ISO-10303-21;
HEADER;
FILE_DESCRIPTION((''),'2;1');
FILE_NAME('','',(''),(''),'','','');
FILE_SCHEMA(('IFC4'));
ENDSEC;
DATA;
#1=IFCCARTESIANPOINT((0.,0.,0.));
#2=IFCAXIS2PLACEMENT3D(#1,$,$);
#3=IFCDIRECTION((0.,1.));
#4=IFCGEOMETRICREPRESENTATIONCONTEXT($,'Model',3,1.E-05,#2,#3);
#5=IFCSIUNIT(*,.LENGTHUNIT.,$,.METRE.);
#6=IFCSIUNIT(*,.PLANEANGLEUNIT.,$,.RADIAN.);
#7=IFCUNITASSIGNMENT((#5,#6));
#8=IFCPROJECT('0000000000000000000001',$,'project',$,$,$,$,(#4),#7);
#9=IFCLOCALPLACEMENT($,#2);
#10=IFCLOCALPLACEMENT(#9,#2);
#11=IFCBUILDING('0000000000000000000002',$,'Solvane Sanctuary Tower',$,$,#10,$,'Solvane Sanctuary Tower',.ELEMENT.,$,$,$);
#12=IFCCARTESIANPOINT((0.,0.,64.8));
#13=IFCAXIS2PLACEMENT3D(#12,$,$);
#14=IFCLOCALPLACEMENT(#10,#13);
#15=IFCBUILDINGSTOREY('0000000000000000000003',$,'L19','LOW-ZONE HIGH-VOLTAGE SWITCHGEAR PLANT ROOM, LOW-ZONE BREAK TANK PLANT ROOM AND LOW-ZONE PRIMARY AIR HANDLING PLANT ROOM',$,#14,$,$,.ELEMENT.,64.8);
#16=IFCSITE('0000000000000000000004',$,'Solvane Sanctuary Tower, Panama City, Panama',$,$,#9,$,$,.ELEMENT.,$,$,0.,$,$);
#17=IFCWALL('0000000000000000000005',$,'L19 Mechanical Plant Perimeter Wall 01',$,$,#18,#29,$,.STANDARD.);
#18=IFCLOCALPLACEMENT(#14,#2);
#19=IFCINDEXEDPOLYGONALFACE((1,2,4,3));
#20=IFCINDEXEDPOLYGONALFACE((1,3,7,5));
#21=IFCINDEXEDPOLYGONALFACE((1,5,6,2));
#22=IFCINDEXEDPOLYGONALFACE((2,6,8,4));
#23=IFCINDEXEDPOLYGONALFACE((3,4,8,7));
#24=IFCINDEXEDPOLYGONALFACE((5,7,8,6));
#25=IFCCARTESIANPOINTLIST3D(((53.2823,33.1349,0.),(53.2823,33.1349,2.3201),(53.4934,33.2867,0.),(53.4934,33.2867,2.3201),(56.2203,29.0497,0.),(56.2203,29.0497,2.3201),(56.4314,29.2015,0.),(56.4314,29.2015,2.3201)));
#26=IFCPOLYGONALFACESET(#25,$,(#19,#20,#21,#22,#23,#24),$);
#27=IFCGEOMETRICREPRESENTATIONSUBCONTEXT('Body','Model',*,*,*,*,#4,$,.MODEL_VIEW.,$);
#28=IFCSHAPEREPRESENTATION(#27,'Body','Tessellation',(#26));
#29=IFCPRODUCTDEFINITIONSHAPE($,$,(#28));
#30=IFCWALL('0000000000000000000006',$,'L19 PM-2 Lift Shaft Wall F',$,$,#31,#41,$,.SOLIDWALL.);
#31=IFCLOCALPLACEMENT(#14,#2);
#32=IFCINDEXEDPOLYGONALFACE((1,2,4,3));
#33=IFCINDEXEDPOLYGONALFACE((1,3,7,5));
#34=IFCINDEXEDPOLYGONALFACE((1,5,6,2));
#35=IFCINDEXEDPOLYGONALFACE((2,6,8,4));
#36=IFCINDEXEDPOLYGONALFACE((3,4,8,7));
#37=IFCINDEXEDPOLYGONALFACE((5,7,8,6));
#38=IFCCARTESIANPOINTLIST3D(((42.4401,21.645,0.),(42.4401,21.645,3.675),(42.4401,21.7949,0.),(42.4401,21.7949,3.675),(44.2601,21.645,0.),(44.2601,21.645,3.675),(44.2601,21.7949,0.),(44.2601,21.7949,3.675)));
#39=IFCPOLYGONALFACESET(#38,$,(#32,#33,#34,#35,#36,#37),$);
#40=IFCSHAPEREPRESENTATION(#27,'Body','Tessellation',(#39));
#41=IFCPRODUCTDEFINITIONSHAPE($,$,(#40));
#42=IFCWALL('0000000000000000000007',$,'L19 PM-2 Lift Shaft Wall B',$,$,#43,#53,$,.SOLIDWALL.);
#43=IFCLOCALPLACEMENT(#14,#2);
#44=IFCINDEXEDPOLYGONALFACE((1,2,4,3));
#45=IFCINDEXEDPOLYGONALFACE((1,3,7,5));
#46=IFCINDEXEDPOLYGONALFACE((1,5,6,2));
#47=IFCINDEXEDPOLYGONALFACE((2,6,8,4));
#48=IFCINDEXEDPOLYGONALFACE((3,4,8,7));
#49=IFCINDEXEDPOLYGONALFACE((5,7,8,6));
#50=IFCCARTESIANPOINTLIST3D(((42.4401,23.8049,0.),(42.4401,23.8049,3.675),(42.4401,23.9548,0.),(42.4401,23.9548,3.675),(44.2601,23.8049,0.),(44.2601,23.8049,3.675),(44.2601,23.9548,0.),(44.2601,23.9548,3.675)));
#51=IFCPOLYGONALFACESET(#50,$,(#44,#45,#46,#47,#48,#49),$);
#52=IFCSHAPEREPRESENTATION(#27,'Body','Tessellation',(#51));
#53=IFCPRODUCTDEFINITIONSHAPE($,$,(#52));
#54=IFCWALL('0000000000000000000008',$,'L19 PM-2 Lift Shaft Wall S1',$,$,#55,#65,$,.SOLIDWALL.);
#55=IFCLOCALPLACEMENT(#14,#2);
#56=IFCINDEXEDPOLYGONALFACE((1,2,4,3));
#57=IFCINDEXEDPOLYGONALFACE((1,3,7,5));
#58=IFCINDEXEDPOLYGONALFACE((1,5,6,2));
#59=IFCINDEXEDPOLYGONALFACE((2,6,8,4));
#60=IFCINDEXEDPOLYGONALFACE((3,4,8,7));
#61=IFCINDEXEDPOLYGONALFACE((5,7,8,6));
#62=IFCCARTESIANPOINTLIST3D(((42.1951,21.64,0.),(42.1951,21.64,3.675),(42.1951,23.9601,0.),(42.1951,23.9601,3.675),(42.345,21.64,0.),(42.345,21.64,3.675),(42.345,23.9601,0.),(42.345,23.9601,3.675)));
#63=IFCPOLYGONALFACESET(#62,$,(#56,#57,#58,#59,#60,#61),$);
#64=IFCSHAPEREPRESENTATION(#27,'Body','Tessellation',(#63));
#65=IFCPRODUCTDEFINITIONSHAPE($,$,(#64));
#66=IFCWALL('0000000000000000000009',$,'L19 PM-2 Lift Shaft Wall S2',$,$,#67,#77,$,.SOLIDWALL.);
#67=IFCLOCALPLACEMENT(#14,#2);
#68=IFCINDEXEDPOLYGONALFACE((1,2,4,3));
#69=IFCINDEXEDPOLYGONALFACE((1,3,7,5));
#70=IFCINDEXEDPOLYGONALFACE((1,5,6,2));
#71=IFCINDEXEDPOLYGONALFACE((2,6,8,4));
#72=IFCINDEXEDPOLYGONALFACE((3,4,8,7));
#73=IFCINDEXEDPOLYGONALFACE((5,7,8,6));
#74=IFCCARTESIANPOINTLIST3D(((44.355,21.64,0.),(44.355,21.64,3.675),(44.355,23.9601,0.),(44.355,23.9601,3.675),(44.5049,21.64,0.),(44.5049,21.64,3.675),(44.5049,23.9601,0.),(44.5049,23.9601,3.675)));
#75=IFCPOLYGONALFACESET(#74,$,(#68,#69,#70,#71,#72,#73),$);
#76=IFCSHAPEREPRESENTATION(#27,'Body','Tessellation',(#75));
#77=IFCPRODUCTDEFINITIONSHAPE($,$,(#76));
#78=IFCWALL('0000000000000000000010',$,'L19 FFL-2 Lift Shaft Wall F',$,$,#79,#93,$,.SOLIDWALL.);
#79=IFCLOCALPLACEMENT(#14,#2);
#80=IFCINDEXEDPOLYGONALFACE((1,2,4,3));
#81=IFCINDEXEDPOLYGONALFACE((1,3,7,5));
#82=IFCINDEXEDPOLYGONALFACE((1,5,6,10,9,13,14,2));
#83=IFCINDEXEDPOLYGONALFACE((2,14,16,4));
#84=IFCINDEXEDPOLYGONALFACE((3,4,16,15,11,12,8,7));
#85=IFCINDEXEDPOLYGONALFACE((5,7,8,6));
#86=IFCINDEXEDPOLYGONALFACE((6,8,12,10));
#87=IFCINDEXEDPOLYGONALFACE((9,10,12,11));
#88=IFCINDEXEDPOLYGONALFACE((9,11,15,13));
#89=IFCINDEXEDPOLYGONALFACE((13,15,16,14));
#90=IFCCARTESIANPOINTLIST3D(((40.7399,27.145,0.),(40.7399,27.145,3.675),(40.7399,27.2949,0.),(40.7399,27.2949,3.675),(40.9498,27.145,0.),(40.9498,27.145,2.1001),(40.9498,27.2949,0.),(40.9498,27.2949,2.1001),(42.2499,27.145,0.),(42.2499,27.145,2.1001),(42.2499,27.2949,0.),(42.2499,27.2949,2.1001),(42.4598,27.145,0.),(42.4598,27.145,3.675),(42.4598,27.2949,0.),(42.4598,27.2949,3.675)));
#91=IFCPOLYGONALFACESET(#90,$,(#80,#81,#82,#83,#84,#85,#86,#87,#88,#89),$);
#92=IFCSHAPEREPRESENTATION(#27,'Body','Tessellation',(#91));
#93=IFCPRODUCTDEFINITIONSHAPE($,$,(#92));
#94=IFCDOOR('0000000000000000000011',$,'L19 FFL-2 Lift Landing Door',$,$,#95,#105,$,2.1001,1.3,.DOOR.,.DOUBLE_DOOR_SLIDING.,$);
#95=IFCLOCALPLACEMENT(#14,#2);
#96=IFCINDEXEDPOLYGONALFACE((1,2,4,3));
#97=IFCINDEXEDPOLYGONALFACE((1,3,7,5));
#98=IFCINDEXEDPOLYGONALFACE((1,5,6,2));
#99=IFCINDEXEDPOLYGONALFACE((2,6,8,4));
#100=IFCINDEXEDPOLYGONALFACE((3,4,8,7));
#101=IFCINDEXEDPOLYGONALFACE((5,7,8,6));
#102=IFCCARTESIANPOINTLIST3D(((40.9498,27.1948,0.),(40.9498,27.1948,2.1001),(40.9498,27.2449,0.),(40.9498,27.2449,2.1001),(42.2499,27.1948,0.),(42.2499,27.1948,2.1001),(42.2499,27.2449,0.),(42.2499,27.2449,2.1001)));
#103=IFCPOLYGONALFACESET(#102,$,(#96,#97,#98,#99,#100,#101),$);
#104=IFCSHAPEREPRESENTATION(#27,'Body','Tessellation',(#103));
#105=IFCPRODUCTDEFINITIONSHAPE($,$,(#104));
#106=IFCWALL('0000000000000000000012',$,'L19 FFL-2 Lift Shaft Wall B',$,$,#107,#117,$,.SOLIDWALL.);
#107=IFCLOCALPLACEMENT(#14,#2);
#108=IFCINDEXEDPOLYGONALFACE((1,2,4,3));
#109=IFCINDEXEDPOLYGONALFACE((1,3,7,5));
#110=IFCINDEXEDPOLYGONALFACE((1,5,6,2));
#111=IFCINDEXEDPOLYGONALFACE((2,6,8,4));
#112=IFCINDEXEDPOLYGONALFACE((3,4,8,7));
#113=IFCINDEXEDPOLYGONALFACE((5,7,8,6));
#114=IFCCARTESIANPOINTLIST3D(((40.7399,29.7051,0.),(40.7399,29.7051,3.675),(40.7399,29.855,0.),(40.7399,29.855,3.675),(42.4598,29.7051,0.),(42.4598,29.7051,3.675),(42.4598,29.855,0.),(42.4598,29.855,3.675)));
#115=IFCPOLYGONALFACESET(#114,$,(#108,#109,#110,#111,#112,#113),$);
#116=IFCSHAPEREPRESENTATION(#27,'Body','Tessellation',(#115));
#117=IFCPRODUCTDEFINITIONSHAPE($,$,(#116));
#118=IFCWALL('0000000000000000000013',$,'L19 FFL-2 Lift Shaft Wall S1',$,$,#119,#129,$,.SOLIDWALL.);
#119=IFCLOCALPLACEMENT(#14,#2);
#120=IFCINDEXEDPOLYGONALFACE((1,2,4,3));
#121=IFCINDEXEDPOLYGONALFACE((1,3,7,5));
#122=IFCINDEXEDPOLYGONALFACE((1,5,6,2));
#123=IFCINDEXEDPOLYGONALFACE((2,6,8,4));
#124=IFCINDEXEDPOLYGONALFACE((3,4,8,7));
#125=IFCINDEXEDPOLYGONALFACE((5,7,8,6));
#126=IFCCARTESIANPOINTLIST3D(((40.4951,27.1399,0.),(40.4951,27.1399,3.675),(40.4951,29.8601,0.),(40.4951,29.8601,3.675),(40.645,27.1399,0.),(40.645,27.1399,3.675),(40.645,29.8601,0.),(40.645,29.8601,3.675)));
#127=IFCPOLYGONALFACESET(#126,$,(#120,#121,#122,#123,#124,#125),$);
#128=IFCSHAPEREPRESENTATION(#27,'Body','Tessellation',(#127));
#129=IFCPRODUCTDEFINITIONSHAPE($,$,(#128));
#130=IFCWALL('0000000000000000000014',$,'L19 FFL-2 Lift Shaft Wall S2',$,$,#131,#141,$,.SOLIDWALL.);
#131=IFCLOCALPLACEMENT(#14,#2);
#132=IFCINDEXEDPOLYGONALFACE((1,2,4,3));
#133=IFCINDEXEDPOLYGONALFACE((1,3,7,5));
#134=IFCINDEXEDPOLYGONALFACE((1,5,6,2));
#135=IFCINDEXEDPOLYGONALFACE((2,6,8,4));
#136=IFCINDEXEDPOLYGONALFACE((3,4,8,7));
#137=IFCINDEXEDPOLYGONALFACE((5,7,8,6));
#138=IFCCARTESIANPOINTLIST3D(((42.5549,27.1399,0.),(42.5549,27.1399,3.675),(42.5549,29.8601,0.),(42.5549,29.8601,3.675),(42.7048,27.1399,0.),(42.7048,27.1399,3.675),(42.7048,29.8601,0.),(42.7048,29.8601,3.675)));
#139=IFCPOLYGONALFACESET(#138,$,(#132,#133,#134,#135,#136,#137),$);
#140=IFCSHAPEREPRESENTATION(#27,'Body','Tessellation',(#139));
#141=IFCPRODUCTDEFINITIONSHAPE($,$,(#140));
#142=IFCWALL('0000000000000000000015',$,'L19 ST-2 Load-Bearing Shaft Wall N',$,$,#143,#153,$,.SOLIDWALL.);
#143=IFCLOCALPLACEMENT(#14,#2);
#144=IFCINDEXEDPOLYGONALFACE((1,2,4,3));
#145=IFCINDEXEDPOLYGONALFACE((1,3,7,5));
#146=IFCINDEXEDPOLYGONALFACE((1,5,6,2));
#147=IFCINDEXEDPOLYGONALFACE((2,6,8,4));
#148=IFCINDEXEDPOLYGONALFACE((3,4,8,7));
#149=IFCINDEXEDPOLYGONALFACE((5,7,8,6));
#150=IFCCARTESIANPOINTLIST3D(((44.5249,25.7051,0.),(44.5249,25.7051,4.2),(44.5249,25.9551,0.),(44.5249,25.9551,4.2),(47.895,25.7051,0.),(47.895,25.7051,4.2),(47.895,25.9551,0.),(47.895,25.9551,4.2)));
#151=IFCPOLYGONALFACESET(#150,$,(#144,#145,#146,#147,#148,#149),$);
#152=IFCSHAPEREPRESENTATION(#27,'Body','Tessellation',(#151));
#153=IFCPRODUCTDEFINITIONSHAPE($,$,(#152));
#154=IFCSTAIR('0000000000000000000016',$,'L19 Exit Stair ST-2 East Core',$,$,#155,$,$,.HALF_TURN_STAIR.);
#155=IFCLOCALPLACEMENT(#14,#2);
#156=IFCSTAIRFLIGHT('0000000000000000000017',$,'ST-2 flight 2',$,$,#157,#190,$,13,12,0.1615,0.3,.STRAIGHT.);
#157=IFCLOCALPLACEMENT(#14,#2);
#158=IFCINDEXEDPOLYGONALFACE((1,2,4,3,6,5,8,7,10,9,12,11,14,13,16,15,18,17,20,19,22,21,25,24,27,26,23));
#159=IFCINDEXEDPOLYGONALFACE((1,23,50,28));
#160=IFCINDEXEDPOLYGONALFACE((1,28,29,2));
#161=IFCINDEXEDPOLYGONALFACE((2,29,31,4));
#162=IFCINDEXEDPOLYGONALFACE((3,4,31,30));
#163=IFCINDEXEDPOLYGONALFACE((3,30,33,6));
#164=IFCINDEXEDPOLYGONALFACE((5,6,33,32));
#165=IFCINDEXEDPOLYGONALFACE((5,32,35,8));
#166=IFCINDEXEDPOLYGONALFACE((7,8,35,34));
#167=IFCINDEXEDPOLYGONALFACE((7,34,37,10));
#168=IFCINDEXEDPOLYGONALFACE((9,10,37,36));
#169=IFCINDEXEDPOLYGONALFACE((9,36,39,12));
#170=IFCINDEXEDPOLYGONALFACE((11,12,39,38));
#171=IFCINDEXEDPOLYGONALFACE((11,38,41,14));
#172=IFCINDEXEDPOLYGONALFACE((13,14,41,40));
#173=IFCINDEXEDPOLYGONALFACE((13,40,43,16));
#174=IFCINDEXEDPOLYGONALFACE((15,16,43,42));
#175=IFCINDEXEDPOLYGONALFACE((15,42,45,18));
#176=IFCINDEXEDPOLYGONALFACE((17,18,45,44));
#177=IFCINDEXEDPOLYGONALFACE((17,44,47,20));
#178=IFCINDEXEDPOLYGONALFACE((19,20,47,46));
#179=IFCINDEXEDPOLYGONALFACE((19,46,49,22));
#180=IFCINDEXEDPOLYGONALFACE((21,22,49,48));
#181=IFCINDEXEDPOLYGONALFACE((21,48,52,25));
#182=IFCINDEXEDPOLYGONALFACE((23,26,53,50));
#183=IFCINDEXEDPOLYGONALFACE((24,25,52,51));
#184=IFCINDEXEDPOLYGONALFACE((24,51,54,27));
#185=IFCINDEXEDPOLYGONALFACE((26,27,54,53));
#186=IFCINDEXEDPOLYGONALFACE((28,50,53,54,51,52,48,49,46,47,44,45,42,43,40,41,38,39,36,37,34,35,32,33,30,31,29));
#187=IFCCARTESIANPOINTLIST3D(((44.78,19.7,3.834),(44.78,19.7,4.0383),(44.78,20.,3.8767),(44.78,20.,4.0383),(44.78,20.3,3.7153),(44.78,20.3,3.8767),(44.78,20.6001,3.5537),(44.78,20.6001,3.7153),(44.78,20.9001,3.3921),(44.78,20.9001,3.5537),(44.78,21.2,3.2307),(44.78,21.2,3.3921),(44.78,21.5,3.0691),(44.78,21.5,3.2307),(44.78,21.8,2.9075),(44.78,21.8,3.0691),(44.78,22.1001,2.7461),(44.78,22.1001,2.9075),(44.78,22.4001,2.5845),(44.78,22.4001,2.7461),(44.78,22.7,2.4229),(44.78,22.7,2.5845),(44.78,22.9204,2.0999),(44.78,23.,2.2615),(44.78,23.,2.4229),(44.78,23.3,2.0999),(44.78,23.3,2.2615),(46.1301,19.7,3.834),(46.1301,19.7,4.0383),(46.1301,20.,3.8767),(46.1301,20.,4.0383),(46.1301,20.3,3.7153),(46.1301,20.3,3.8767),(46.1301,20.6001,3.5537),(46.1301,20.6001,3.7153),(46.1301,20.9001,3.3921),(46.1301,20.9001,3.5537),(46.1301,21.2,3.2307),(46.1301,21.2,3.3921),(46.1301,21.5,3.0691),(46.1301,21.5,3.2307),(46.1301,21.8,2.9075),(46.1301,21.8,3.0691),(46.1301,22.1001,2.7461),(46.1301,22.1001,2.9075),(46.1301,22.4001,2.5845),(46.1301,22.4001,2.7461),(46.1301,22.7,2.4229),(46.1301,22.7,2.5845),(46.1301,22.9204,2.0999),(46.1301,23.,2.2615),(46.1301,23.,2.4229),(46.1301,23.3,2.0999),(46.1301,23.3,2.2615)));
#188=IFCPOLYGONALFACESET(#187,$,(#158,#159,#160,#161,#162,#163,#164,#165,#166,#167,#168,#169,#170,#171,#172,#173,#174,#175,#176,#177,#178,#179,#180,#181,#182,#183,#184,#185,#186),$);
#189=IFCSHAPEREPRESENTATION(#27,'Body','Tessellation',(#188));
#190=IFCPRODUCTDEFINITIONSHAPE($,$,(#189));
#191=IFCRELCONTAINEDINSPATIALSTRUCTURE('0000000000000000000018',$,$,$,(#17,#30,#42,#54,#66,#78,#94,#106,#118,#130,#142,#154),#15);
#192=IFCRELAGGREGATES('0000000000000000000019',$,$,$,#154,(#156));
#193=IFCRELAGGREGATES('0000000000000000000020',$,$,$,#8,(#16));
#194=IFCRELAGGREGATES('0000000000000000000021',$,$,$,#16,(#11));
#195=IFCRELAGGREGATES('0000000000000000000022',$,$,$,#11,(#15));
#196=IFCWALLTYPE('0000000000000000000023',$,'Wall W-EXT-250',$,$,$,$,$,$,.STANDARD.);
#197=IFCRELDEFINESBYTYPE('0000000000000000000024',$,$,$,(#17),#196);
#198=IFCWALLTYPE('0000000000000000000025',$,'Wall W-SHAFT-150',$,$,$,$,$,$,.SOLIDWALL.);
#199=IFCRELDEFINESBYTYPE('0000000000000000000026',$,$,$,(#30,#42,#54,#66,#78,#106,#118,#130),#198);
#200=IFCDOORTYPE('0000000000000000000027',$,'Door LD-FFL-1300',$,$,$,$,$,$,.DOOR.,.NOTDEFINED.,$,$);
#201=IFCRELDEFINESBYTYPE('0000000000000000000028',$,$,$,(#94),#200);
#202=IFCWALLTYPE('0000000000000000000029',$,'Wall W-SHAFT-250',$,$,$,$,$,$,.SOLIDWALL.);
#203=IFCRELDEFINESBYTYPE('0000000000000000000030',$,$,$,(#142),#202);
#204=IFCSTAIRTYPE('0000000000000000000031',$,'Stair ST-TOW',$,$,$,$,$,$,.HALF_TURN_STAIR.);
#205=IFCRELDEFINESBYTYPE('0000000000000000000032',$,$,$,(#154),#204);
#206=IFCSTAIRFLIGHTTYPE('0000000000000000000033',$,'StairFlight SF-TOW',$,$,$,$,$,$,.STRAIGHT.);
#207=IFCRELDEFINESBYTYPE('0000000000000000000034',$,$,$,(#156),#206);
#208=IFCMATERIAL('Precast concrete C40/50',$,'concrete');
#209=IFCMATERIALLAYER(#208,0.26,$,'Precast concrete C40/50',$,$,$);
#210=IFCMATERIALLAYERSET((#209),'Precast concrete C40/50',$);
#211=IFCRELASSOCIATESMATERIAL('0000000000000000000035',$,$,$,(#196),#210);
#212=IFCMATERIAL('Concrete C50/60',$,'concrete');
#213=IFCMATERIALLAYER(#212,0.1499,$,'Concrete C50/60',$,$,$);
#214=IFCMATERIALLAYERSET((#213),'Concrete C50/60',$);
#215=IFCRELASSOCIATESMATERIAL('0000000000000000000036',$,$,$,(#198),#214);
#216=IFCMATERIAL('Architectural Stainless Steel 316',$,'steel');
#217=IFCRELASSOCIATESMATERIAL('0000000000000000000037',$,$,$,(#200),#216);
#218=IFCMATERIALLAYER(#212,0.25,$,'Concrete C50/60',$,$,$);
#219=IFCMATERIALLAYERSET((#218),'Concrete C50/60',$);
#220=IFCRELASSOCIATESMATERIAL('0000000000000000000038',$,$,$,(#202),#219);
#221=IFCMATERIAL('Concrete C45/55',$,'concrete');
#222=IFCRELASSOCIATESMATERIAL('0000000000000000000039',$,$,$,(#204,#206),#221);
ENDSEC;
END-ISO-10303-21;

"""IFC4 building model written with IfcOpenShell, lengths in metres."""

from ifc_helpers import new_model, si_unit, direction, frame, frame_2d, origin, place, context, subcontext, project, spatial, polyline, rectangle, outline, extrude, material, layer, layer_set, type_object, element, fill, aggregate, save


model = new_model("IFC4")

# Units and contexts
model_context = context("Model", 3, precision=1e-05, world=origin(), true_north=direction((0.0, 1.0)))
body_context = subcontext(model_context, "Body", "Model", "MODEL_VIEW")
ifc_project = project(units=[si_unit("LENGTHUNIT", "METRE"), si_unit("PLANEANGLEUNIT", "RADIAN")], contexts=[model_context])

# Site, building, storey
site_placement = place(None, origin())
site = spatial("IfcSite", under=ifc_project, at=site_placement, Name="Solvane Sanctuary Tower, Panama City, Panama", CompositionType="ELEMENT", RefElevation=0.0)
building_placement = place(site_placement, origin())
building = spatial("IfcBuilding", under=site, at=building_placement, Name="Solvane Sanctuary Tower", LongName="Solvane Sanctuary Tower", CompositionType="ELEMENT")
storey_placement = place(building_placement, frame((0.0, 0.0, 64.8)))
storey = spatial("IfcBuildingStorey", under=building, at=storey_placement, Name="L19", Description="LOW-ZONE HIGH-VOLTAGE SWITCHGEAR PLANT ROOM, LOW-ZONE BREAK TANK PLANT ROOM AND LOW-ZONE PRIMARY AIR HANDLING PLANT ROOM", CompositionType="ELEMENT", Elevation=64.8)

# Walls
ifc_material_1 = material(Name="Precast concrete C40/50", Category="concrete")
ifc_layer_1 = layer(ifc_material_1, 0.26, Name="Precast concrete C40/50")
ifc_layer_set_1 = layer_set([ifc_layer_1], Name="Precast concrete C40/50")
wall_type_1 = type_object("IfcWallType", Name="Wall W-EXT-250", PredefinedType="STANDARD", material=ifc_layer_set_1)
wall_1_placement = place(storey_placement, frame((56.3259, 29.1255, 0.0), z_axis=(0.0, 0.0, 1.0), x_axis=(-0.583865, 0.811851, 0.0)))
element("IfcWall", 1, at=wall_1_placement, inside=storey, type_object=wall_type_1, Name="L19 Mechanical Plant Perimeter Wall 01", PredefinedType="STANDARD", context=body_context, shape_type="SweptSolid", body=[
    extrude(rectangle(XDim=5.032, YDim=0.26, at=frame_2d((2.5161, 0.0))), origin(), (0.0, 0.0, 1.0), 2.3201),
])
ifc_material_2 = material(Name="Concrete C50/60", Category="concrete")
ifc_layer_2 = layer(ifc_material_2, 0.1499, Name="Concrete C50/60")
ifc_layer_set_2 = layer_set([ifc_layer_2], Name="Concrete C50/60")
wall_type_2 = type_object("IfcWallType", Name="Wall W-SHAFT-150", PredefinedType="SOLIDWALL", material=ifc_layer_set_2)
for number, where, z_axis, x_axis, name in (
    (2, (42.4399, 21.72, 0.0), (0.0, 0.0, 1.0), (1.0, 0.0, 0.0), "L19 PM-2 Lift Shaft Wall F"),
    (3, (42.4399, 23.8799, 0.0), (0.0, 0.0, 1.0), (1.0, 0.0, 0.0), "L19 PM-2 Lift Shaft Wall B"),
):
    element("IfcWall", number, at=place(storey_placement, frame(where, z_axis=z_axis, x_axis=x_axis)), inside=storey, type_object=wall_type_2, Name=name, PredefinedType="SOLIDWALL", context=body_context, shape_type="SweptSolid", body=[
        extrude(rectangle(XDim=1.8201, YDim=0.1499, at=frame_2d((0.9102, 0.0))), origin(), (0.0, 0.0, 1.0), 3.675),
    ])
for number, where, z_axis, x_axis, name in (
    (4, (42.27, 21.6399, 0.0), (0.0, 0.0, 1.0), (0.0, 1.0, 0.0), "L19 PM-2 Lift Shaft Wall S1"),
    (5, (44.4299, 21.6399, 0.0), (0.0, 0.0, 1.0), (0.0, 1.0, 0.0), "L19 PM-2 Lift Shaft Wall S2"),
):
    element("IfcWall", number, at=place(storey_placement, frame(where, z_axis=z_axis, x_axis=x_axis)), inside=storey, type_object=wall_type_2, Name=name, PredefinedType="SOLIDWALL", context=body_context, shape_type="SweptSolid", body=[
        extrude(rectangle(XDim=2.3201, YDim=0.1499, at=frame_2d((1.1602, 0.0))), origin(), (0.0, 0.0, 1.0), 3.675),
    ])

# Wall, opening, door
wall_2_placement = place(storey_placement, frame((40.74, 27.22, 0.0), z_axis=(0.0, 0.0, 1.0), x_axis=(1.0, 0.0, 0.0)))
wall_2 = element("IfcWall", 6, at=wall_2_placement, inside=storey, type_object=wall_type_2, Name="L19 FFL-2 Lift Shaft Wall F", PredefinedType="SOLIDWALL", context=body_context, shape_type="SweptSolid", body=[
    extrude(rectangle(XDim=1.72, YDim=0.1499, at=frame_2d((0.8599, 0.0))), origin(), (0.0, 0.0, 1.0), 3.675),
])
opening_placement = place(wall_2_placement, frame((0.21, 0.0, 0.0)))
opening = element("IfcOpeningElement", 7, at=opening_placement, cuts=wall_2, PredefinedType="OPENING", context=body_context, shape_type="SweptSolid", body=[
    extrude(rectangle(XDim=1.3, YDim=2.1001, at=frame_2d((0.6499, 1.05))), frame((0.0, 0.085, 0.0), z_axis=(0.0, -1.0, 0.0), x_axis=(1.0, 0.0, 0.0)), (0.0, 0.0, 1.0), 0.1699),
])
ifc_material_3 = material(Name="Architectural Stainless Steel 316", Category="steel")
door_type = type_object("IfcDoorType", Name="Door LD-FFL-1300", OperationType="NOTDEFINED", PredefinedType="DOOR", material=ifc_material_3)
door_placement = place(opening_placement, origin())
door = element("IfcDoor", 8, at=door_placement, inside=storey, type_object=door_type, Name="L19 FFL-2 Lift Landing Door", OperationType="DOUBLE_DOOR_SLIDING", OverallHeight=2.1001, OverallWidth=1.3, PredefinedType="DOOR", context=body_context, shape_type="SweptSolid", body=[
    extrude(rectangle(XDim=1.3, YDim=2.1001, at=frame_2d((0.6499, 1.05))), frame((0.0, 0.0249, 0.0), z_axis=(0.0, -1.0, 0.0), x_axis=(1.0, 0.0, 0.0)), (0.0, 0.0, 1.0), 0.05),
])
fill(opening, door)

# Walls
wall_3_placement = place(storey_placement, frame((40.74, 29.78, 0.0), z_axis=(0.0, 0.0, 1.0), x_axis=(1.0, 0.0, 0.0)))
element("IfcWall", 9, at=wall_3_placement, inside=storey, type_object=wall_type_2, Name="L19 FFL-2 Lift Shaft Wall B", PredefinedType="SOLIDWALL", context=body_context, shape_type="SweptSolid", body=[
    extrude(rectangle(XDim=1.72, YDim=0.1499, at=frame_2d((0.8599, 0.0))), origin(), (0.0, 0.0, 1.0), 3.675),
])
for number, where, z_axis, x_axis, name in (
    (10, (40.5701, 27.1399, 0.0), (0.0, 0.0, 1.0), (0.0, 1.0, 0.0), "L19 FFL-2 Lift Shaft Wall S1"),
    (11, (42.6299, 27.1399, 0.0), (0.0, 0.0, 1.0), (0.0, 1.0, 0.0), "L19 FFL-2 Lift Shaft Wall S2"),
):
    element("IfcWall", number, at=place(storey_placement, frame(where, z_axis=z_axis, x_axis=x_axis)), inside=storey, type_object=wall_type_2, Name=name, PredefinedType="SOLIDWALL", context=body_context, shape_type="SweptSolid", body=[
        extrude(rectangle(XDim=2.7202, YDim=0.1499, at=frame_2d((1.3601, 0.0))), origin(), (0.0, 0.0, 1.0), 3.675),
    ])
ifc_layer_3 = layer(ifc_material_2, 0.25, Name="Concrete C50/60")
ifc_layer_set_3 = layer_set([ifc_layer_3], Name="Concrete C50/60")
wall_type_3 = type_object("IfcWallType", Name="Wall W-SHAFT-250", PredefinedType="SOLIDWALL", material=ifc_layer_set_3)
wall_4_placement = place(storey_placement, frame((44.5249, 25.8301, 0.0), z_axis=(0.0, 0.0, 1.0), x_axis=(1.0, 0.0, 0.0)))
element("IfcWall", 12, at=wall_4_placement, inside=storey, type_object=wall_type_3, Name="L19 ST-2 Load-Bearing Shaft Wall N", PredefinedType="SOLIDWALL", context=body_context, shape_type="SweptSolid", body=[
    extrude(rectangle(XDim=3.3701, YDim=0.25, at=frame_2d((1.6851, 0.0))), origin(), (0.0, 0.0, 1.0), 4.2),
])

# Stair, stair flight
ifc_material_4 = material(Name="Concrete C45/55", Category="concrete")
stair_type = type_object("IfcStairType", Name="Stair ST-TOW", PredefinedType="HALF_TURN_STAIR", material=ifc_material_4)
stair_placement = place(storey_placement, origin())
stair = element("IfcStair", 13, at=stair_placement, inside=storey, type_object=stair_type, Name="L19 Exit Stair ST-2 East Core", PredefinedType="HALF_TURN_STAIR")
stair_flight_type = type_object("IfcStairFlightType", Name="StairFlight SF-TOW", PredefinedType="STRAIGHT", material=ifc_material_4)
stair_flight_placement = place(storey_placement, frame((45.4551, 23.3, 2.0999), z_axis=(0.0, 0.0, 1.0), x_axis=(0.0, -1.0, 0.0)))
stair_flight = element("IfcStairFlight", 14, at=stair_flight_placement, type_object=stair_flight_type, Name="ST-2 flight 2", NumberOfRisers=13, NumberOfTreads=12, PredefinedType="STRAIGHT", RiserHeight=0.1615, TreadLength=0.3, context=body_context, shape_type="SweptSolid", body=[
    extrude(outline(polyline([(0.0, 0.0), (0.0, 0.1616), (0.3, 0.1616), (0.3, 0.323), (0.6001, 0.323), (0.6001, 0.4846), (0.8999, 0.4846), (0.8999, 0.6462), (1.2, 0.6462), (1.2, 0.8076), (1.5, 0.8076), (1.5, 0.9692), (1.8, 0.9692), (1.8, 1.1309), (2.1001, 1.1309), (2.1001, 1.2922), (2.3999, 1.2922), (2.3999, 1.4539), (2.7, 1.4539), (2.7, 1.6155), (3.0, 1.6155), (3.0, 1.7769), (3.3, 1.7769), (3.3, 1.9385), (3.6001, 1.9385), (3.6001, 2.1001), (3.6001, 1.7341), (0.3796, 0.0), (0.0, 0.0)])), frame((0.0, 0.675, 0.0), z_axis=(0.0, -1.0, 0.0), x_axis=(1.0, 0.0, 0.0)), (0.0, 0.0, 1.0), 1.3501),
])
aggregate(stair, [stair_flight])

save(model, "model.ifc")
